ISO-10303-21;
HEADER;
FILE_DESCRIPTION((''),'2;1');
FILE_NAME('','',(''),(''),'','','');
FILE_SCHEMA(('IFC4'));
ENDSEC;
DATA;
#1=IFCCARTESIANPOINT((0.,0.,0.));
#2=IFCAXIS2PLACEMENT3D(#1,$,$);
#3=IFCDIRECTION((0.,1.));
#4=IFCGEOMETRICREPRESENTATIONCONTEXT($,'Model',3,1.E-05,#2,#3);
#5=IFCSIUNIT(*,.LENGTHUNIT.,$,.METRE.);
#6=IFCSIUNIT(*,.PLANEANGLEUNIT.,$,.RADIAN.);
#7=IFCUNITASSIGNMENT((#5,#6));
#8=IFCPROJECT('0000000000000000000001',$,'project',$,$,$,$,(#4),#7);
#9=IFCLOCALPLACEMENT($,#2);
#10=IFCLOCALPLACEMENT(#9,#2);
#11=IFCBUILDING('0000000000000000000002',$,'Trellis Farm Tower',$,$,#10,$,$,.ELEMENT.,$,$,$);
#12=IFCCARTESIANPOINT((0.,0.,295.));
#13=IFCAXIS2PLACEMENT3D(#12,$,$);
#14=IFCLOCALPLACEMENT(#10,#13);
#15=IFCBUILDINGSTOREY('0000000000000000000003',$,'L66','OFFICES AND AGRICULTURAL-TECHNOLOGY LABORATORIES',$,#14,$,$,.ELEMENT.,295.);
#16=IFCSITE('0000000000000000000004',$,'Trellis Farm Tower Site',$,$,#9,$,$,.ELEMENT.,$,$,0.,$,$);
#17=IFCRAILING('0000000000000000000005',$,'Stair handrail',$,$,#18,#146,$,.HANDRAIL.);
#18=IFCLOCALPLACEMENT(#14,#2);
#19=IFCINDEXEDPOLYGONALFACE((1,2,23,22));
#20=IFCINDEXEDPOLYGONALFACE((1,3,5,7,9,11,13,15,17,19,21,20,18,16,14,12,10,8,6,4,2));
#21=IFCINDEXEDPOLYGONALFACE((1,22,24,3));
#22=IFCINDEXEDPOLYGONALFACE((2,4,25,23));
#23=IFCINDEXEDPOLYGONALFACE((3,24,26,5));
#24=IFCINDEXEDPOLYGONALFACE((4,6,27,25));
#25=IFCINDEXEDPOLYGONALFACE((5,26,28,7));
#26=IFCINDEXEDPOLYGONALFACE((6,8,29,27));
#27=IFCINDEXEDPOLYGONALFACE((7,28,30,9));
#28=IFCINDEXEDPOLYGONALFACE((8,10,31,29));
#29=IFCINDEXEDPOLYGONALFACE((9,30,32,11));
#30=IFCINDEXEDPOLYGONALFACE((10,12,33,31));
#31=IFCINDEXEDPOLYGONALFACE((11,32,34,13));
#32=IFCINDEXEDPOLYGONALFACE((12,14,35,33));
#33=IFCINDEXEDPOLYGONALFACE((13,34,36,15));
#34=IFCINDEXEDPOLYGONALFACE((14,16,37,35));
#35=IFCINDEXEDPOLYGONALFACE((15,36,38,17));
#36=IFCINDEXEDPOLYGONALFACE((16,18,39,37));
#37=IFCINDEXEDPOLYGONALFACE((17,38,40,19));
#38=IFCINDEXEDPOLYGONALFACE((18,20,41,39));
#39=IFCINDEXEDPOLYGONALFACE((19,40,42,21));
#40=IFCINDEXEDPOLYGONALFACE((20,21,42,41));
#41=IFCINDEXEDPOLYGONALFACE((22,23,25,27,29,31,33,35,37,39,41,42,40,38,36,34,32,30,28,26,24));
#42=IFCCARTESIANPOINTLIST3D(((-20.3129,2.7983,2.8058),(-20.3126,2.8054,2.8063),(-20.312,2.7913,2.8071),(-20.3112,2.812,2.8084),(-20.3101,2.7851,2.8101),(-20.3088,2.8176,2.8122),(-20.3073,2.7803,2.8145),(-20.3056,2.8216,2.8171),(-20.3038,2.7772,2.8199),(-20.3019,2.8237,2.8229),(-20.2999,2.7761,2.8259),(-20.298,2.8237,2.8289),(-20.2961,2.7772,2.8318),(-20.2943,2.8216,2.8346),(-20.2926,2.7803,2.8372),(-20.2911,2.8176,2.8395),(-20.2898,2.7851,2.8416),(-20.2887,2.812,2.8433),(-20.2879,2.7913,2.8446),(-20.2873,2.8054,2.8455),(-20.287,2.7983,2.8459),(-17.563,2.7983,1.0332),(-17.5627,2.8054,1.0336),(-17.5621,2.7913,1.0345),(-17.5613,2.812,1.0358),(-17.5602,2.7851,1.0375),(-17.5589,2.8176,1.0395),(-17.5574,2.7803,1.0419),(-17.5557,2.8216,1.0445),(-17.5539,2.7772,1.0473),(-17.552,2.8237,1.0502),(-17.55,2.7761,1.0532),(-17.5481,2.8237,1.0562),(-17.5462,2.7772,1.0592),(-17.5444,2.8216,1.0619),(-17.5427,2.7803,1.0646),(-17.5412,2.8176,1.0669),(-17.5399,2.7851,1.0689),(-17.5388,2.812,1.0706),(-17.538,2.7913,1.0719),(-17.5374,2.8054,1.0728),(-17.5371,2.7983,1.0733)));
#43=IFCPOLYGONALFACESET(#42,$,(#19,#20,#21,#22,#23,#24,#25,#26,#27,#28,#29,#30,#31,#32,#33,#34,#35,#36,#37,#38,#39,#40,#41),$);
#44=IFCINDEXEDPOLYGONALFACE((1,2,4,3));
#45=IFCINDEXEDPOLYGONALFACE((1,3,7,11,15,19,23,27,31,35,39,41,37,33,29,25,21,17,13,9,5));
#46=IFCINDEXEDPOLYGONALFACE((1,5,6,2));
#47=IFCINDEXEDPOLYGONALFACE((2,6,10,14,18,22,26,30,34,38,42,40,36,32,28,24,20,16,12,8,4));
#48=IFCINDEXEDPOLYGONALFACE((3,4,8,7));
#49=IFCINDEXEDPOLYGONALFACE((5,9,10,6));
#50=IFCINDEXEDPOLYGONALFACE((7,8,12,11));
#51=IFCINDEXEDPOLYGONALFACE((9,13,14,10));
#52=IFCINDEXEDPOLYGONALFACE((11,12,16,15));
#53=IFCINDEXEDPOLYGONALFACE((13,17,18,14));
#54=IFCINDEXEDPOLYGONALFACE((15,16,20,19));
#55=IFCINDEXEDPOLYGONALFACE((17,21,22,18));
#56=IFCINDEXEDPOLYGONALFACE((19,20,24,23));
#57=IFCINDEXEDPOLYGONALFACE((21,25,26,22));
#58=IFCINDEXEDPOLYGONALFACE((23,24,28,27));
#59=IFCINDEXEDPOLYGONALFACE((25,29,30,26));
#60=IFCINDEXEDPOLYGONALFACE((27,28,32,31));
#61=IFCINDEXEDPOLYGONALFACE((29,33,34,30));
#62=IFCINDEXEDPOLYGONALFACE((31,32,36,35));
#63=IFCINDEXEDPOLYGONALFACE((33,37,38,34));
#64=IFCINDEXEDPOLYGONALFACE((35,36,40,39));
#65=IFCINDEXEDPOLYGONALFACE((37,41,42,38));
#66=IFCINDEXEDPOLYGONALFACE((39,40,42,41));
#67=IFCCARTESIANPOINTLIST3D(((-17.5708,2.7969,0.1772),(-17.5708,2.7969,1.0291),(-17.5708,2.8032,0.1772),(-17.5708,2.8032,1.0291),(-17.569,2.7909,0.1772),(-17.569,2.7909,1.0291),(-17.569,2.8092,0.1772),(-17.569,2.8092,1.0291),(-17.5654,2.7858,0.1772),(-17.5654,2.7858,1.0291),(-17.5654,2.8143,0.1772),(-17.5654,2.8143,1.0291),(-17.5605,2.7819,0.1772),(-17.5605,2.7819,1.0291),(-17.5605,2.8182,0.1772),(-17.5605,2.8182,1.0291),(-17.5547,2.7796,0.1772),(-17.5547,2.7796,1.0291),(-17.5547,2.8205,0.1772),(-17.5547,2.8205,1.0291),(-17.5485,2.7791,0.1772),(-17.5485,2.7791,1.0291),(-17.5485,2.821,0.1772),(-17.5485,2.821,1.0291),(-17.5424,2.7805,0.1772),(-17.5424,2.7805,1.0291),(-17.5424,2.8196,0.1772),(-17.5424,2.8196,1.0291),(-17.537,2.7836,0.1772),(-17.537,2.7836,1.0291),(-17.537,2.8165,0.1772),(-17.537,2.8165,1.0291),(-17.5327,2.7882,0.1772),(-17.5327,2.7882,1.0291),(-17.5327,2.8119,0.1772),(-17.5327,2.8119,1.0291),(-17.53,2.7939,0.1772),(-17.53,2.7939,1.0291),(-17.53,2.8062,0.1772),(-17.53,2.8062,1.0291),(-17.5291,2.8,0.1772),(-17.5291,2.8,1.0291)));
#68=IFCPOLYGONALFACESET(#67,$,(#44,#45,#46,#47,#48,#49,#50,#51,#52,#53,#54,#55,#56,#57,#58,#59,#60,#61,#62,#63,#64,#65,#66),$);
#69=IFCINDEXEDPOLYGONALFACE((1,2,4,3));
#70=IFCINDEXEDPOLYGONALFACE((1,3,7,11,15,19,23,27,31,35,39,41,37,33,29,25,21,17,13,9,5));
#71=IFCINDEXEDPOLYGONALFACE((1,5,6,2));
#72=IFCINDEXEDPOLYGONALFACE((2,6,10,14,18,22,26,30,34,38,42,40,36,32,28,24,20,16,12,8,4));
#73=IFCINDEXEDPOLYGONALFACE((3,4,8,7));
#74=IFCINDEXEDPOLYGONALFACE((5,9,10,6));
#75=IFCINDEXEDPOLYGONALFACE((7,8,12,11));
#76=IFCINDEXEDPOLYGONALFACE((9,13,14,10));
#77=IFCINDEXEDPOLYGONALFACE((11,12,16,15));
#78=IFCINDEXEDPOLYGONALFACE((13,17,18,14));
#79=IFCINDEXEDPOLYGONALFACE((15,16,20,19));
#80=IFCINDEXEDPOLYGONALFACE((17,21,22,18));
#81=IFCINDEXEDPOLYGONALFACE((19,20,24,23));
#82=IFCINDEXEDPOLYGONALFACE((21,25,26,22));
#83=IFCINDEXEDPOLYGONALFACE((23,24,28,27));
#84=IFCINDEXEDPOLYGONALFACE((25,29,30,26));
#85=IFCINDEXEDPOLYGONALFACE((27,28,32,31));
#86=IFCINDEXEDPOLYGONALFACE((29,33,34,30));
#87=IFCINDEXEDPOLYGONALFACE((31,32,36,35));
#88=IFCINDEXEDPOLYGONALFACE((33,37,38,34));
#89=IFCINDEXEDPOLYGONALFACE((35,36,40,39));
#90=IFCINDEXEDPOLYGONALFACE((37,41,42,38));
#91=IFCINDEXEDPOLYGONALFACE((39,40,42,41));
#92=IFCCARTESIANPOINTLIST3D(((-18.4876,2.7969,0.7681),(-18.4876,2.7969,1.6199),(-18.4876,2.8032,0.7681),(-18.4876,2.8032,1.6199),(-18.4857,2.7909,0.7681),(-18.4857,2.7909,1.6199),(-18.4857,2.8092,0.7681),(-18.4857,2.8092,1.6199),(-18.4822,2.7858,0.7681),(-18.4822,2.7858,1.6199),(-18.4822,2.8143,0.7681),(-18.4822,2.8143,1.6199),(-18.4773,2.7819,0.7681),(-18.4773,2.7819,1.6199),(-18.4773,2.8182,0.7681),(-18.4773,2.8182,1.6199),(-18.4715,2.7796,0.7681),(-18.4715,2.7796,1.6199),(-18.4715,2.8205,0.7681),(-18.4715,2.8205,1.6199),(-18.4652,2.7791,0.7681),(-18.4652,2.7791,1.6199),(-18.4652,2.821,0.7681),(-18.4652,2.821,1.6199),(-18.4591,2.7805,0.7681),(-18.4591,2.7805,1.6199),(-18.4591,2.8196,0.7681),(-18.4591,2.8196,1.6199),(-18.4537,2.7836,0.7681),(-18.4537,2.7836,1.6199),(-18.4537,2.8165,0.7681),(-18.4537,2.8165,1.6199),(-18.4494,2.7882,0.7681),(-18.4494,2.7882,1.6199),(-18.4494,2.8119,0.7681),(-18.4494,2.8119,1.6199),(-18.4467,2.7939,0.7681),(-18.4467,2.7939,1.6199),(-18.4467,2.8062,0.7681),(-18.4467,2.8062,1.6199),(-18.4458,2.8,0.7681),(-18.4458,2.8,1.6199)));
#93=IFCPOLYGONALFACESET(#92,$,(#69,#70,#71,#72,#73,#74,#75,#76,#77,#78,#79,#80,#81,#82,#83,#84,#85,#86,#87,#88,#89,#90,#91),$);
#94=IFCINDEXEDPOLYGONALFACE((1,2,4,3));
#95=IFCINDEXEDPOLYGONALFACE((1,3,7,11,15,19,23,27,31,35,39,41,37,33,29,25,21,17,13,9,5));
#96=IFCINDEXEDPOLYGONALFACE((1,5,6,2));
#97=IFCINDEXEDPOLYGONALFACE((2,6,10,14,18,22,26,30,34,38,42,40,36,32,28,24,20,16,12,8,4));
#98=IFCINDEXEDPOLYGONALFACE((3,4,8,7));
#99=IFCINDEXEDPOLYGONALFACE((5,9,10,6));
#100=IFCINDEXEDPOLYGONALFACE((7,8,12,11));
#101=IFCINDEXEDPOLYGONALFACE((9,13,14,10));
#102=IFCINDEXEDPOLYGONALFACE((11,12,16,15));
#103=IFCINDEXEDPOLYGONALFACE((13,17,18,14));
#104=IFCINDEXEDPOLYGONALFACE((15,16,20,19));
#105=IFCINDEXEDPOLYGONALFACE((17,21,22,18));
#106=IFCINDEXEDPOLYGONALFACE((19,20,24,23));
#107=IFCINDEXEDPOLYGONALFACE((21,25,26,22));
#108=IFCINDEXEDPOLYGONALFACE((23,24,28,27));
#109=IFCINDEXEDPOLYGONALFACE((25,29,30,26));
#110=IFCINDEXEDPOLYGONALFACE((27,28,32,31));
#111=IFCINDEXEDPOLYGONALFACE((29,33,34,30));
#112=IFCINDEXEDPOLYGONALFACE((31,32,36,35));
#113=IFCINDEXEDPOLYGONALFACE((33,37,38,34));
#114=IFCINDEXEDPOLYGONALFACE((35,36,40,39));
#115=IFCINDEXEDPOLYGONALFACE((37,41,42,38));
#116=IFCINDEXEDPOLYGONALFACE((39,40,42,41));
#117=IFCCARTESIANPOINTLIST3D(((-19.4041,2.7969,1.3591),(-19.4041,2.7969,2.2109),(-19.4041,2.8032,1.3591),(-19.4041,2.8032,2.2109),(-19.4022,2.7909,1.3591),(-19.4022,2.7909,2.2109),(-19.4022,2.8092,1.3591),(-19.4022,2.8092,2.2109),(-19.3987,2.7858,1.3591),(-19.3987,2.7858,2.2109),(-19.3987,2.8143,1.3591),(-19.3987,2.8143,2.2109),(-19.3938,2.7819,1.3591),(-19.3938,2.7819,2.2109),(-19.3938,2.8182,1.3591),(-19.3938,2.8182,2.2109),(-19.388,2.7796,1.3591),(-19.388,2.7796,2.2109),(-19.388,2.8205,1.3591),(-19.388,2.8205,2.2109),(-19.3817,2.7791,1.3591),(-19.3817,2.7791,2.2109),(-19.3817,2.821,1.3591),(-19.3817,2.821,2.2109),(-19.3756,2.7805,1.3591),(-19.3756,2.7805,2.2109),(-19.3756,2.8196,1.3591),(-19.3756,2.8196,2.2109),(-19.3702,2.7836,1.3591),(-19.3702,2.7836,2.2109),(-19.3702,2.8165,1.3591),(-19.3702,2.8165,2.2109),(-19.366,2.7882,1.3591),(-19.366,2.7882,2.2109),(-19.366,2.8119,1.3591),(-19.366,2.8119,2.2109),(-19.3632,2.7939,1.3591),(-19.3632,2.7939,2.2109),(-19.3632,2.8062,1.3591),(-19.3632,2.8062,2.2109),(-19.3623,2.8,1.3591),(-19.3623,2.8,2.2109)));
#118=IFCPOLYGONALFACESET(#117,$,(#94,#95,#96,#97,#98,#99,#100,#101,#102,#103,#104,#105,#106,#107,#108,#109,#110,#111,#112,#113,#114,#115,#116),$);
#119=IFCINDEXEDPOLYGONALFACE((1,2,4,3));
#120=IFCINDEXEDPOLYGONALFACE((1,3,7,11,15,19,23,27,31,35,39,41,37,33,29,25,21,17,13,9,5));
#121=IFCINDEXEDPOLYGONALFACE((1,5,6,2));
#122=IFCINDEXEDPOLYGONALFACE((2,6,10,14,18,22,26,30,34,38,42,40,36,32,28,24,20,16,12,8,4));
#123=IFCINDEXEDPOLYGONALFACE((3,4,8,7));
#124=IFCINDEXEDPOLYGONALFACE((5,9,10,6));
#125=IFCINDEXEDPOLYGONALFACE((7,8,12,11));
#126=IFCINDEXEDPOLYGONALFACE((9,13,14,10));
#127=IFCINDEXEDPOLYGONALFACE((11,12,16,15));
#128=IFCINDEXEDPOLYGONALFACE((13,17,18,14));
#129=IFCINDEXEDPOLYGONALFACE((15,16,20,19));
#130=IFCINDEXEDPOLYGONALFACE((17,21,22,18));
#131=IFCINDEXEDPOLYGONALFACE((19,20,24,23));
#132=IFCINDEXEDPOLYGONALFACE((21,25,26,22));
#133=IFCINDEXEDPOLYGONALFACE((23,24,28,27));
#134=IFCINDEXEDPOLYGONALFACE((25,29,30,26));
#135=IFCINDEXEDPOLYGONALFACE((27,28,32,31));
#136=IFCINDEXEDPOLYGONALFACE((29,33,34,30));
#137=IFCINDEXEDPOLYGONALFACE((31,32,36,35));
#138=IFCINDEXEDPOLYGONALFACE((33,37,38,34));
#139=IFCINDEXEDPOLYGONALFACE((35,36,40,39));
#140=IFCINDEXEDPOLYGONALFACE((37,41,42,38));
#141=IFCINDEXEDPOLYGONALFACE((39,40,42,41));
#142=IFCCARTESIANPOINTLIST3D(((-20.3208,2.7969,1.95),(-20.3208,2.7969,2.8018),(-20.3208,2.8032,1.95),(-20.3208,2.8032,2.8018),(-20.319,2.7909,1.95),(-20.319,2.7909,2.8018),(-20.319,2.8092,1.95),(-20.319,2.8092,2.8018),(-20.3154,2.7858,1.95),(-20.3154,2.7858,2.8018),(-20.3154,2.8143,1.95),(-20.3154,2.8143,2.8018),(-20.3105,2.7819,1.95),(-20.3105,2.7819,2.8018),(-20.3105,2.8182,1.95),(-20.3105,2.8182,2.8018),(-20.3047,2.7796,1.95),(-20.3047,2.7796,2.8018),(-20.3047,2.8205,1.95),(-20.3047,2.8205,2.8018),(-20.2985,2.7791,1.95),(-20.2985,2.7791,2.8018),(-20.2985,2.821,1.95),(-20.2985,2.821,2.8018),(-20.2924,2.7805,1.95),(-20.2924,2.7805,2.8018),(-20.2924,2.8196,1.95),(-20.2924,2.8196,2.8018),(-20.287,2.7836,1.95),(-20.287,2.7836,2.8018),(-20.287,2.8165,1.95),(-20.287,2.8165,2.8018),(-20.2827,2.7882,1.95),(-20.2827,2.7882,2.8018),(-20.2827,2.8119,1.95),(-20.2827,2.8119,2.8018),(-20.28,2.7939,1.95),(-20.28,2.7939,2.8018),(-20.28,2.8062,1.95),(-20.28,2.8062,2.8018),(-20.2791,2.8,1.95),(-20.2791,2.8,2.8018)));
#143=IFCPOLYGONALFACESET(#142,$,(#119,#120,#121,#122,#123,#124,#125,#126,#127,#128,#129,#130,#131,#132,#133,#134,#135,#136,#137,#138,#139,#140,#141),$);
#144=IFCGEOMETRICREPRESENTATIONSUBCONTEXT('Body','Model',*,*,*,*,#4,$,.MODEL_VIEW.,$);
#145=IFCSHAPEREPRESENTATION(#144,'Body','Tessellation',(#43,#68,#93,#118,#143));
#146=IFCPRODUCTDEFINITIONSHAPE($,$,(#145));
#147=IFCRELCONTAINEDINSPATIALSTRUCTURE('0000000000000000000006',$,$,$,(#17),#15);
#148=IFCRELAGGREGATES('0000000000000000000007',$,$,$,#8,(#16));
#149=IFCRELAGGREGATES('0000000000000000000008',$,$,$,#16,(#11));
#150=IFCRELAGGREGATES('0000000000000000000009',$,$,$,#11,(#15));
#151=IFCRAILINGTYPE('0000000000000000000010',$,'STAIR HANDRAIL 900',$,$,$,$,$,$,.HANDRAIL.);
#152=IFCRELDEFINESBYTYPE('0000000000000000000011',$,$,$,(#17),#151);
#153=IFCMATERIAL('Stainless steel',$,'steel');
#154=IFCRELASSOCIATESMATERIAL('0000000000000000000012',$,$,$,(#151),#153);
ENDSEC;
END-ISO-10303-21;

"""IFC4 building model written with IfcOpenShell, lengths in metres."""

from ifc_helpers import new_model, si_unit, direction, frame, origin, origin_2d, place, context, subcontext, project, spatial, circle, extrude, source, transform, mapped, material, type_object, element, save


model = new_model("IFC4")

# Units and contexts
model_context = context("Model", 3, precision=1e-05, world=origin(), true_north=direction((0.0, 1.0)))
body_context = subcontext(model_context, "Body", "Model", "MODEL_VIEW")
ifc_project = project(units=[si_unit("LENGTHUNIT", "METRE"), si_unit("PLANEANGLEUNIT", "RADIAN")], contexts=[model_context])

# Site, building, storey
site_placement = place(None, origin())
site = spatial("IfcSite", under=ifc_project, at=site_placement, Name="Trellis Farm Tower Site", CompositionType="ELEMENT", RefElevation=0.0)
building_placement = place(site_placement, origin())
building = spatial("IfcBuilding", under=site, at=building_placement, Name="Trellis Farm Tower", CompositionType="ELEMENT")
storey_placement = place(building_placement, frame((0.0, 0.0, 295.0)))
storey = spatial("IfcBuildingStorey", under=building, at=storey_placement, Name="L66", Description="OFFICES AND AGRICULTURAL-TECHNOLOGY LABORATORIES", CompositionType="ELEMENT", Elevation=295.0)

# Railing
ifc_material_1 = material(Name="Stainless steel", Category="steel")
railing_type = type_object("IfcRailingType", Name="STAIR HANDRAIL 900", PredefinedType="HANDRAIL", material=ifc_material_1)
shared_shape_1 = source(origin(), body_context, "Body", "SweptSolid", [
    extrude(circle(Radius=0.0239, at=origin_2d()), frame((0.0, 0.0, 0.876), z_axis=(-0.840504, 0.0, 0.541806), x_axis=(0.0, -1.0, 0.0)), (0.0, 0.0, 1.0), 3.2717),
    extrude(circle(Radius=0.021, at=origin_2d()), origin(), (0.0, 0.0, 1.0), 0.8518),
    extrude(circle(Radius=0.021, at=origin_2d()), frame((-0.9167, 0.0, 0.5908)), (0.0, 0.0, 1.0), 0.8518),
    extrude(circle(Radius=0.021, at=origin_2d()), frame((-1.8333, 0.0, 1.1819)), (0.0, 0.0, 1.0), 0.8518),
    extrude(circle(Radius=0.021, at=origin_2d()), frame((-2.75, 0.0, 1.7727)), (0.0, 0.0, 1.0), 0.8518),
])
railing_placement = place(storey_placement, frame((-17.55, 2.8, 0.1772)))
element("IfcRailing", 1, at=railing_placement, inside=storey, type_object=railing_type, Name="Stair handrail", PredefinedType="HANDRAIL", context=body_context, shape_type="MappedRepresentation", body=[
    mapped(shared_shape_1, transform((0.0, 0.0, 0.0))),
])

save(model, "model.ifc")
